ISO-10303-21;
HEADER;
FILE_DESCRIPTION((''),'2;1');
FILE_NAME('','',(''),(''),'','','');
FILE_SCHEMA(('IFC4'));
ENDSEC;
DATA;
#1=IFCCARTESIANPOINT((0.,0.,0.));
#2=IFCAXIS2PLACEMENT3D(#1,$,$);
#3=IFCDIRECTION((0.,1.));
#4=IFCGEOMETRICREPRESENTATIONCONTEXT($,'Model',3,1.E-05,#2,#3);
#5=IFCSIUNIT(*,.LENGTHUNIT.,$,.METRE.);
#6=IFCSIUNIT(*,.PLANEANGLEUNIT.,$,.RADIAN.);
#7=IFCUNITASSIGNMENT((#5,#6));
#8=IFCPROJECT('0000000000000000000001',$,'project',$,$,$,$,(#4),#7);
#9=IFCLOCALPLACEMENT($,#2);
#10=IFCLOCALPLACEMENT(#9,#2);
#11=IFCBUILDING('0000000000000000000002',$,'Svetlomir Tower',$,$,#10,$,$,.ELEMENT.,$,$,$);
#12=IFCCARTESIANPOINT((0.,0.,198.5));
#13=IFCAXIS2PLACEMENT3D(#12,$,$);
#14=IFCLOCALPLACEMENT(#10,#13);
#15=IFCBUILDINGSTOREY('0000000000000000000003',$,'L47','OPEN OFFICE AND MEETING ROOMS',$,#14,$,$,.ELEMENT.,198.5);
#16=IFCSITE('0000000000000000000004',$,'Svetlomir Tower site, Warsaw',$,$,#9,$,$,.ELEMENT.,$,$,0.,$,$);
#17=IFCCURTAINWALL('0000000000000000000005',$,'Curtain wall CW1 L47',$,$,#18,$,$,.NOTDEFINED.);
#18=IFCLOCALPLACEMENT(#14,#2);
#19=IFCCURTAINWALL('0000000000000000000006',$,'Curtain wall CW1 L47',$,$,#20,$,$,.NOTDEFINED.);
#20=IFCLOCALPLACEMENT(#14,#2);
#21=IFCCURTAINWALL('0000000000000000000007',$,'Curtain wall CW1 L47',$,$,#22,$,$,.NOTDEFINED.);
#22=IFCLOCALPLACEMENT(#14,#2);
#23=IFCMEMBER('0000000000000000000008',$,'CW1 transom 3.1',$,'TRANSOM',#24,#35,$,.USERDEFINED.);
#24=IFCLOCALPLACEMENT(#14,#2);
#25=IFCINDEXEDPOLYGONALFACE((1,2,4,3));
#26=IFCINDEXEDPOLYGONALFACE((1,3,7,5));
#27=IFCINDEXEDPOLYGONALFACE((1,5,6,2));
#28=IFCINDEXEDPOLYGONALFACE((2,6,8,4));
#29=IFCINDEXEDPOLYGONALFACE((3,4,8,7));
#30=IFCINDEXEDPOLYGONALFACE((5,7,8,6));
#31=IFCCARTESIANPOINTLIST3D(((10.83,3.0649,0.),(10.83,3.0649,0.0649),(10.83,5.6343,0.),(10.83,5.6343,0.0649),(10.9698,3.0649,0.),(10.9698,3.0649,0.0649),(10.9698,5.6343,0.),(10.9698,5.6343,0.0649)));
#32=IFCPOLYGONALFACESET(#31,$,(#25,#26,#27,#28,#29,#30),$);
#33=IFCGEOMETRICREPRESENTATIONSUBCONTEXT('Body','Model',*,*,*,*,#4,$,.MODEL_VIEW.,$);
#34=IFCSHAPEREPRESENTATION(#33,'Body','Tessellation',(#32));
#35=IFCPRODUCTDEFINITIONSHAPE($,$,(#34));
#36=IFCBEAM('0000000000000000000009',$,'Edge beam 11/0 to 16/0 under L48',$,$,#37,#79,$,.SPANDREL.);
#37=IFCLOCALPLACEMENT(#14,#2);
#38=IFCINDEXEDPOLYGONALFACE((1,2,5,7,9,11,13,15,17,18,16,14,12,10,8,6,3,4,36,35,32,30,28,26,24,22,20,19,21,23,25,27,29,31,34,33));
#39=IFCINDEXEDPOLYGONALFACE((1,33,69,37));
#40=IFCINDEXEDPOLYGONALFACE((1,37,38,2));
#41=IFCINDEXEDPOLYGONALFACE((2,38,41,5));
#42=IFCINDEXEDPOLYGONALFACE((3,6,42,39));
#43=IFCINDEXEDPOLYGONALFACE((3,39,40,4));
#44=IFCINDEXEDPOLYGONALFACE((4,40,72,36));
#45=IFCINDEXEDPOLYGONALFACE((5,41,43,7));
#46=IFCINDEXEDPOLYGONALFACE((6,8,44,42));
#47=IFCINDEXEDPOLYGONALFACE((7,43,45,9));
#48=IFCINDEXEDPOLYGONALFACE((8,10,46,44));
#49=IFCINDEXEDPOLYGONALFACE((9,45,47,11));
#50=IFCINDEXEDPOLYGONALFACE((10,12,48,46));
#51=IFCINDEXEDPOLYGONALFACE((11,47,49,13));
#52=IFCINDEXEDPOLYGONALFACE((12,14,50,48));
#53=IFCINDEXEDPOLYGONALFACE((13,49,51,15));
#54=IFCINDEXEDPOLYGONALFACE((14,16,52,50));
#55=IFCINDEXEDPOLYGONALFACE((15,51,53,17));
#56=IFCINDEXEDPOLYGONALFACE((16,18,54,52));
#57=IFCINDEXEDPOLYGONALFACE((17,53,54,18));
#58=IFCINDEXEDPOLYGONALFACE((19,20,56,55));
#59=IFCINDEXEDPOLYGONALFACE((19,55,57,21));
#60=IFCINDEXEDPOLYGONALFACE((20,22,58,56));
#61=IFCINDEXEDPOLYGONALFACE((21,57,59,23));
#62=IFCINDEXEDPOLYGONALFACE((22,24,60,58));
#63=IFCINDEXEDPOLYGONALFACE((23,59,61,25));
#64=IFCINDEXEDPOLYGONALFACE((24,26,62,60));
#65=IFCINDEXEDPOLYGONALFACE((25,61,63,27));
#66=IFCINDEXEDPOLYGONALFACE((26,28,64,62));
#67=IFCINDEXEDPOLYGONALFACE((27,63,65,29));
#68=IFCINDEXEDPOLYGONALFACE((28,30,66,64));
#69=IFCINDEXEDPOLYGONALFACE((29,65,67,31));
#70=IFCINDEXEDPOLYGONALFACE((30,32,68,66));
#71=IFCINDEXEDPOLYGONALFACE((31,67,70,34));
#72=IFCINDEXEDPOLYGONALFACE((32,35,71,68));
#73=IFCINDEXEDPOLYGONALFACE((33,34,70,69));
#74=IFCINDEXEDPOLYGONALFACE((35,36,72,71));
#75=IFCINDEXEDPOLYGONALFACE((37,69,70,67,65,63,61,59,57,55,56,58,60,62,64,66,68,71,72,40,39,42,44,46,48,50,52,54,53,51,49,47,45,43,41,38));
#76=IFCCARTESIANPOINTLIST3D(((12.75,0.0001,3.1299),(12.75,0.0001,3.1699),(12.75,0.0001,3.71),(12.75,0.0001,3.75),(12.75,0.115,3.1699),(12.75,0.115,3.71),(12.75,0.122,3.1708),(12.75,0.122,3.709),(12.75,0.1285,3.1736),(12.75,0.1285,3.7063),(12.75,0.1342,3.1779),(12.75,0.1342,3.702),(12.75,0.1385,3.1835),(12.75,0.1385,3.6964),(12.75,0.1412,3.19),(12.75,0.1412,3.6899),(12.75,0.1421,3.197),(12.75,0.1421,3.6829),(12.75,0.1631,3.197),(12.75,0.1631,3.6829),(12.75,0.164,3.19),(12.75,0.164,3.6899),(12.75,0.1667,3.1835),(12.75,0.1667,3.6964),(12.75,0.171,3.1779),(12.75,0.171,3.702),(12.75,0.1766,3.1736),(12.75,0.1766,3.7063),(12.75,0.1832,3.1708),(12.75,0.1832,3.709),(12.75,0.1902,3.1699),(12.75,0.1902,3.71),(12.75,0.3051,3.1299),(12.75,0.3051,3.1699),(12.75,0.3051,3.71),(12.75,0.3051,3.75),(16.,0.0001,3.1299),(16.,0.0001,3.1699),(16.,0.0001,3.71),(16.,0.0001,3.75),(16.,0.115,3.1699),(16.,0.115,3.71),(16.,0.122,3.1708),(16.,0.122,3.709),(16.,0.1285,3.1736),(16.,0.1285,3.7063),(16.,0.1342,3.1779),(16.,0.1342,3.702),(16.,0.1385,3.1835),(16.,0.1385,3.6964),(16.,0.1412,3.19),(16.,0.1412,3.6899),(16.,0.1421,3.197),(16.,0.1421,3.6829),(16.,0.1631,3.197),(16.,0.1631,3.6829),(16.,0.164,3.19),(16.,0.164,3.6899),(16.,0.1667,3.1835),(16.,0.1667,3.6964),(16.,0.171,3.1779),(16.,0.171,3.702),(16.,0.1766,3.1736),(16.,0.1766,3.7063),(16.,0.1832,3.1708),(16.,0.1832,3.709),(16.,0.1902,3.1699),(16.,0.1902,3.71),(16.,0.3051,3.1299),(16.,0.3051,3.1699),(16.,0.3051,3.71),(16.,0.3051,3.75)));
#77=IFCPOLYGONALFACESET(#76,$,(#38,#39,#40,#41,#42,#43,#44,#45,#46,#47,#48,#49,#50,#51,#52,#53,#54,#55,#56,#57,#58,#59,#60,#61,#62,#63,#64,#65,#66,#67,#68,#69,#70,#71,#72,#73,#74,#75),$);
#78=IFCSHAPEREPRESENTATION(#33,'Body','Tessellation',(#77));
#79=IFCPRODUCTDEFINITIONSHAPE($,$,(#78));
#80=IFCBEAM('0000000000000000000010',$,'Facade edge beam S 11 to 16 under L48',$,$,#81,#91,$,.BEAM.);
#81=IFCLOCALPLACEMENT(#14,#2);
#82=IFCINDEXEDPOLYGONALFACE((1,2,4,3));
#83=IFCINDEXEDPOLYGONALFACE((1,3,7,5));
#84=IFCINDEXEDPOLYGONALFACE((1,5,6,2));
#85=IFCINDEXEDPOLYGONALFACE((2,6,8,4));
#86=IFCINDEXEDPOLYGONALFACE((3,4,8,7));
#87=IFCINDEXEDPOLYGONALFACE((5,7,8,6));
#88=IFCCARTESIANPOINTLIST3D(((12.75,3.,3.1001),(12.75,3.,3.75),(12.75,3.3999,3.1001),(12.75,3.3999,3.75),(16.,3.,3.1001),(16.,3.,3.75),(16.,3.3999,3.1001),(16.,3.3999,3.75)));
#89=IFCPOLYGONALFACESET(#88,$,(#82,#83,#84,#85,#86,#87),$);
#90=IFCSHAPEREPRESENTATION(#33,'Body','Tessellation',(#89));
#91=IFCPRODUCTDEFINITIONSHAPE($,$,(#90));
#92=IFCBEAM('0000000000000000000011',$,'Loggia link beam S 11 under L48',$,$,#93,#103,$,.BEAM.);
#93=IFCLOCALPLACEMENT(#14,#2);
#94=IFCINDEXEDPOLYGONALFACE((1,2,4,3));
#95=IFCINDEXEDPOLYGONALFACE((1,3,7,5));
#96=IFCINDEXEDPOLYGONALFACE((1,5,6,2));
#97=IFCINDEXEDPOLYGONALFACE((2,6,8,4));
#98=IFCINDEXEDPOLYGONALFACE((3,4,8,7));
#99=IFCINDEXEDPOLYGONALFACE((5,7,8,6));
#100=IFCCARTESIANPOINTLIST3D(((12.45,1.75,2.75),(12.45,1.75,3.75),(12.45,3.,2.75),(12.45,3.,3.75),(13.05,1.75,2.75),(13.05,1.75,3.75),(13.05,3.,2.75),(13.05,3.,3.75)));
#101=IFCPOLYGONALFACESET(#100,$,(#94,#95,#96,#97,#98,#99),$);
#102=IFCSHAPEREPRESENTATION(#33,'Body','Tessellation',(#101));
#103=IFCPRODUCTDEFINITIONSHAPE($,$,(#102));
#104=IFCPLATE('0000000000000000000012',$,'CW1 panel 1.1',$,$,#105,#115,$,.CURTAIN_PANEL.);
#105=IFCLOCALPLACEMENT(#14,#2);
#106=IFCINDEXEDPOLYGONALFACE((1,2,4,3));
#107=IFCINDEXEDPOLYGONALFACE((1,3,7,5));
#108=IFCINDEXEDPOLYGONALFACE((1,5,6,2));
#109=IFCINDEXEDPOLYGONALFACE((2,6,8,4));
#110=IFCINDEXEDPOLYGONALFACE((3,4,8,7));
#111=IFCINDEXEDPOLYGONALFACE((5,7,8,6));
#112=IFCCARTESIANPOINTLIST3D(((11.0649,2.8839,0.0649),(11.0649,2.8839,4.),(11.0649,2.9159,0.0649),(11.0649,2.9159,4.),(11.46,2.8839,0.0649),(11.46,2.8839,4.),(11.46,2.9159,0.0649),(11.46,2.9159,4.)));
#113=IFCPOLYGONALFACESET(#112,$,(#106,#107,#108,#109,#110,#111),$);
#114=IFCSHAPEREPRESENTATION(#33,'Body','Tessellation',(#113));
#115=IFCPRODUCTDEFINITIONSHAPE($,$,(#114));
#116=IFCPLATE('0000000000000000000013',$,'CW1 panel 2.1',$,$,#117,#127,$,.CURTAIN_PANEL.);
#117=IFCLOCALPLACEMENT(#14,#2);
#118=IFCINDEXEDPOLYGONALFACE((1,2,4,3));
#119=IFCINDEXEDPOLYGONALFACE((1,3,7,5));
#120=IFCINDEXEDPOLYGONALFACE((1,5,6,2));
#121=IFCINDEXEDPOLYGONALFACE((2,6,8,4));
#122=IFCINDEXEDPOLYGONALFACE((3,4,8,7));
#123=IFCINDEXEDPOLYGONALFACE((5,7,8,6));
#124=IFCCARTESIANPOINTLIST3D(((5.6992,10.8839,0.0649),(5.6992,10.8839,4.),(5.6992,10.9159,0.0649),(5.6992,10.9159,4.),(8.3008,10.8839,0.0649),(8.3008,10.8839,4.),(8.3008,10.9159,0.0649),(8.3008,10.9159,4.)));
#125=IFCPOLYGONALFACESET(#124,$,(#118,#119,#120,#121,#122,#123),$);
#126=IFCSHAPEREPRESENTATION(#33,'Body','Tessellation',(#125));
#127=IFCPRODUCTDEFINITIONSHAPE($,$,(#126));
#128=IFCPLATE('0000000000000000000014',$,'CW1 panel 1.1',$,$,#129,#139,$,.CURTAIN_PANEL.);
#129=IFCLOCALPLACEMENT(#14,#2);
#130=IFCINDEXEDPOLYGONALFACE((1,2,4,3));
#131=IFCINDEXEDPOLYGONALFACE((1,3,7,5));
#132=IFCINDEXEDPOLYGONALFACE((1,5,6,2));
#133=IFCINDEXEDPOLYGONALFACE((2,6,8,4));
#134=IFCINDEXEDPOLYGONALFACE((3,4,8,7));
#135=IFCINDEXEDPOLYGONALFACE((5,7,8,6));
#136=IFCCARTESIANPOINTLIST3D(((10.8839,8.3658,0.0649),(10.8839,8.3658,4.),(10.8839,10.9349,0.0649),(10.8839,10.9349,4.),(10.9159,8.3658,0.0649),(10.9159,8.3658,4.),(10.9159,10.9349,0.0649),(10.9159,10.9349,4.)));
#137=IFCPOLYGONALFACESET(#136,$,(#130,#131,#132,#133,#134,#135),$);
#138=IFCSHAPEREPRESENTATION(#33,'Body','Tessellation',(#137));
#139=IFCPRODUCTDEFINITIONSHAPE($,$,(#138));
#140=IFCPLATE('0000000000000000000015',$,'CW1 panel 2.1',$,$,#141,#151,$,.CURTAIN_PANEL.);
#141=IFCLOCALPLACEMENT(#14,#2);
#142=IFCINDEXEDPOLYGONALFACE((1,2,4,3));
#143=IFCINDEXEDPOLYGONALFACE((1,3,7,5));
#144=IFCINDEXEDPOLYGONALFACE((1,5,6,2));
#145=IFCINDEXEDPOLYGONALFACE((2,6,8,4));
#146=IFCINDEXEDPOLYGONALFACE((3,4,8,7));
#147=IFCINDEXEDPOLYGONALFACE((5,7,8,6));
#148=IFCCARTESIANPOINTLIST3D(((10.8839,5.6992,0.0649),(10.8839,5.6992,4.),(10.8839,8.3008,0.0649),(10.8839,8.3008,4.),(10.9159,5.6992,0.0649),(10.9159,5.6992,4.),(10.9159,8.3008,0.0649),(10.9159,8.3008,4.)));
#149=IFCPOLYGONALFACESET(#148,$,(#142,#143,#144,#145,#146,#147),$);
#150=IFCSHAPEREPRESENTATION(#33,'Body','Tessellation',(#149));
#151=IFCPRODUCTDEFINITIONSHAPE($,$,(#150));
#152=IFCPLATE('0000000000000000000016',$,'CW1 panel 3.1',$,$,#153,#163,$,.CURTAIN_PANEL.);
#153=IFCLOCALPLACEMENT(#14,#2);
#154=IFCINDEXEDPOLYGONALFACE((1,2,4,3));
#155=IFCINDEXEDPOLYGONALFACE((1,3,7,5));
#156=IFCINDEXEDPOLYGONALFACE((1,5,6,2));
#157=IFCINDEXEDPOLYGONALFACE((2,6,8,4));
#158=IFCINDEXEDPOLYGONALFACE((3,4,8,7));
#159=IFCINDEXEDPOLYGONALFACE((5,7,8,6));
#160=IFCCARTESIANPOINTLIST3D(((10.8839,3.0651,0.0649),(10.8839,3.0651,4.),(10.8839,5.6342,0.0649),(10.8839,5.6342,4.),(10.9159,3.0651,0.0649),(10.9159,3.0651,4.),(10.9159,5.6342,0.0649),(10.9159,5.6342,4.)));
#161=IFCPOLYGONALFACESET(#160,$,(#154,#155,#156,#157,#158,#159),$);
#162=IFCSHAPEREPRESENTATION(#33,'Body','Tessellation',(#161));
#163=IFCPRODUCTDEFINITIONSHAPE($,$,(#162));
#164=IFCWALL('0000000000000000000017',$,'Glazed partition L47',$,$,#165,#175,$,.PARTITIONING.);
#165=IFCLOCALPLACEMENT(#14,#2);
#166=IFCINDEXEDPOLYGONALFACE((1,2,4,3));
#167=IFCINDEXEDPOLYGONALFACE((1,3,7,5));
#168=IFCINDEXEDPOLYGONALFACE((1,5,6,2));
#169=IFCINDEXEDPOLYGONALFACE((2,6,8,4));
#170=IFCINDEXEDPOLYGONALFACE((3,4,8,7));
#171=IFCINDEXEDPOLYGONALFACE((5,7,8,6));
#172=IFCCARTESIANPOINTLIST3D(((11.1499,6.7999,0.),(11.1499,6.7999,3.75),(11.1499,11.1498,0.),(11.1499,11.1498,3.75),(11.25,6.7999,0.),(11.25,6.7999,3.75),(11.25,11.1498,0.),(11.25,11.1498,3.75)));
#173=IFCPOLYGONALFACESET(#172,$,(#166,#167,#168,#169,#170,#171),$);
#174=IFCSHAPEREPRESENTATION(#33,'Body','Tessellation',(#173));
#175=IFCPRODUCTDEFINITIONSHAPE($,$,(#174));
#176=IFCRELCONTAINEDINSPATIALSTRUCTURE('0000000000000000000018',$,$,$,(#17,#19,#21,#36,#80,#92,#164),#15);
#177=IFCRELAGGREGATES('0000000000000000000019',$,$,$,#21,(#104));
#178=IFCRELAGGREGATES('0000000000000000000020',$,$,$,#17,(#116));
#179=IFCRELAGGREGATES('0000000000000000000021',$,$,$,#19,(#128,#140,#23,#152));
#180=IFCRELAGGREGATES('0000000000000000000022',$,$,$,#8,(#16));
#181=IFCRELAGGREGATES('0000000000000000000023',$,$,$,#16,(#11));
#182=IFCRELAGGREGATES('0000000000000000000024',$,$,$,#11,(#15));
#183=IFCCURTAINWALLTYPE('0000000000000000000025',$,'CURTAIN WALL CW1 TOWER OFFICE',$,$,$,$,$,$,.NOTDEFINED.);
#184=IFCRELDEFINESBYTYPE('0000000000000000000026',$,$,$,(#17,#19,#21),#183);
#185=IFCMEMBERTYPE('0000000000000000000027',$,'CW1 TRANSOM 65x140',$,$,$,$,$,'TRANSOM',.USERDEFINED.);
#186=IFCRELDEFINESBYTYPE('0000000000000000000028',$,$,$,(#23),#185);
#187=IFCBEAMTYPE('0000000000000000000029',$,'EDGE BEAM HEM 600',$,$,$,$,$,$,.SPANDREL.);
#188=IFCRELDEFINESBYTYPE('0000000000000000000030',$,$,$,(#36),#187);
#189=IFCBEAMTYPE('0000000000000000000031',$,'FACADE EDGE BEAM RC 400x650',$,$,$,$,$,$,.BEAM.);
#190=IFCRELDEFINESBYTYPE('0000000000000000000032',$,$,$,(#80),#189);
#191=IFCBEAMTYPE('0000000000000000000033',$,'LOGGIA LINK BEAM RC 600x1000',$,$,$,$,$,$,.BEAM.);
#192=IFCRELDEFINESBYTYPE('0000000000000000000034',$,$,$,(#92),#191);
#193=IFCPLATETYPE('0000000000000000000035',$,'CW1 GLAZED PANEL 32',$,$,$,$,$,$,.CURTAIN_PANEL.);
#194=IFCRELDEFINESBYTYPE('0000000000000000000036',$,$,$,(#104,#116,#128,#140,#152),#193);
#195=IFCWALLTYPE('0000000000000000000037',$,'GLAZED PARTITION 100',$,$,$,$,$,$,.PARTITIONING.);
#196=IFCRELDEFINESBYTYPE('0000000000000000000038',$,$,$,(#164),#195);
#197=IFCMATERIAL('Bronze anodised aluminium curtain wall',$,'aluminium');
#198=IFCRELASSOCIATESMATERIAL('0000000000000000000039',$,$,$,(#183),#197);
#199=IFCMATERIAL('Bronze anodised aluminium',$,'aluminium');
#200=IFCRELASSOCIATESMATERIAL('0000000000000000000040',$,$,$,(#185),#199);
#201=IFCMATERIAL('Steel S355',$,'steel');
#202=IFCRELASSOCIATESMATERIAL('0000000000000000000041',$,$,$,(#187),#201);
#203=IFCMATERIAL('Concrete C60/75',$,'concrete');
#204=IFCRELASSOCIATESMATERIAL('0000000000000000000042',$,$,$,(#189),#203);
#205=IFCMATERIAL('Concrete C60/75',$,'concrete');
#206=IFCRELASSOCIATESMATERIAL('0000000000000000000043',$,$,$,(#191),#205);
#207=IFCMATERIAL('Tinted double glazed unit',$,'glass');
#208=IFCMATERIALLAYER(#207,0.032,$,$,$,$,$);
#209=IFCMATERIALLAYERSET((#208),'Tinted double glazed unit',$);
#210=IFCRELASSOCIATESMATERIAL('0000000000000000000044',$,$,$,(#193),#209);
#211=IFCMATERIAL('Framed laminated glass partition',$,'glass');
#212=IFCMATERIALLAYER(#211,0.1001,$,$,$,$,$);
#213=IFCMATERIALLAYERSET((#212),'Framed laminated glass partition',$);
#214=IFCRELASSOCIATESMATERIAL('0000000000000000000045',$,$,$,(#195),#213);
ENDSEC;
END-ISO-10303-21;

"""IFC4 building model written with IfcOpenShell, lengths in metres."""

from ifc_helpers import new_model, si_unit, direction, frame, frame_2d, origin, origin_2d, place, context, subcontext, project, spatial, rectangle, i_section, extrude, material, layer, layer_set, material_profile, profile_set, type_object, element, aggregate, save


model = new_model("IFC4")

# Units and contexts
model_context = context("Model", 3, precision=1e-05, world=origin(), true_north=direction((0.0, 1.0)))
body_context = subcontext(model_context, "Body", "Model", "MODEL_VIEW")
ifc_project = project(units=[si_unit("LENGTHUNIT", "METRE"), si_unit("PLANEANGLEUNIT", "RADIAN")], contexts=[model_context])

# Site, building, storey
site_placement = place(None, origin())
site = spatial("IfcSite", under=ifc_project, at=site_placement, Name="Svetlomir Tower site, Warsaw", CompositionType="ELEMENT", RefElevation=0.0)
building_placement = place(site_placement, origin())
building = spatial("IfcBuilding", under=site, at=building_placement, Name="Svetlomir Tower", CompositionType="ELEMENT")
storey_placement = place(building_placement, frame((0.0, 0.0, 198.5)))
storey = spatial("IfcBuildingStorey", under=building, at=storey_placement, Name="L47", Description="OPEN OFFICE AND MEETING ROOMS", CompositionType="ELEMENT", Elevation=198.5)

# Curtain walls
ifc_material_1 = material(Name="Bronze anodised aluminium curtain wall", Category="aluminium")
curtain_wall_type = type_object("IfcCurtainWallType", Name="CURTAIN WALL CW1 TOWER OFFICE", PredefinedType="NOTDEFINED", material=ifc_material_1)
curtain_wall_1_placement = place(storey_placement, origin())
curtain_wall_1 = element("IfcCurtainWall", 1, at=curtain_wall_1_placement, inside=storey, type_object=curtain_wall_type, Name="Curtain wall CW1 L47", PredefinedType="NOTDEFINED")
curtain_wall_2_placement = place(storey_placement, origin())
curtain_wall_2 = element("IfcCurtainWall", 2, at=curtain_wall_2_placement, inside=storey, type_object=curtain_wall_type, Name="Curtain wall CW1 L47", PredefinedType="NOTDEFINED")

# Curtain wall
curtain_wall_3_placement = place(storey_placement, origin())
curtain_wall_3 = element("IfcCurtainWall", 3, at=curtain_wall_3_placement, inside=storey, type_object=curtain_wall_type, Name="Curtain wall CW1 L47", PredefinedType="NOTDEFINED")

# Member
ifc_material_2 = material(Name="Bronze anodised aluminium", Category="aluminium")
ifc_material_profile_1 = material_profile(ifc_material_2, rectangle(XDim=0.1399, YDim=0.0649, at=origin_2d()), Name="AL 140x65")
ifc_profile_set_1 = profile_set([ifc_material_profile_1], Name="Bronze anodised aluminium 6063-T6")
member_type_1 = type_object("IfcMemberType", Name="CW1 TRANSOM 65x140", ElementType="TRANSOM", PredefinedType="USERDEFINED", material=ifc_profile_set_1)
member_1_placement = place(storey_placement, frame((10.8999, 5.6343, 0.0325), z_axis=(0.0, -1.0, 0.0), x_axis=(1.0, 0.0, 0.0)))
member_1 = element("IfcMember", 4, at=member_1_placement, type_object=member_type_1, Name="CW1 transom 3.1", ObjectType="TRANSOM", PredefinedType="USERDEFINED", context=body_context, shape_type="SweptSolid", body=[
    extrude(rectangle(XDim=0.1399, YDim=0.0649, at=origin_2d()), origin(), (0.0, 0.0, 1.0), 2.5693),
])

# Beams
ifc_material_3 = material(Name="Steel S355", Category="steel")
ifc_material_profile_2 = material_profile(ifc_material_3, i_section(OverallWidth=0.3049, OverallDepth=0.6201, WebThickness=0.021, FlangeThickness=0.04, FilletRadius=0.0271, at=origin_2d()), Name="HEM 600")
ifc_profile_set_2 = profile_set([ifc_material_profile_2], Name="Steel S355")
beam_type_1 = type_object("IfcBeamType", Name="EDGE BEAM HEM 600", PredefinedType="SPANDREL", material=ifc_profile_set_2)
beam_1_placement = place(storey_placement, frame((12.75, 0.1526, 3.4399), z_axis=(1.0, 0.0, 0.0), x_axis=(0.0, 1.0, 0.0)))
element("IfcBeam", 5, at=beam_1_placement, inside=storey, type_object=beam_type_1, Name="Edge beam 11/0 to 16/0 under L48", PredefinedType="SPANDREL", context=body_context, shape_type="SweptSolid", body=[
    extrude(i_section(OverallWidth=0.3049, OverallDepth=0.6201, WebThickness=0.021, FlangeThickness=0.04, FilletRadius=0.0271, at=origin_2d()), origin(), (0.0, 0.0, 1.0), 3.25),
])
ifc_material_4 = material(Name="Concrete C60/75", Category="concrete")
ifc_material_profile_3 = material_profile(ifc_material_4, rectangle(XDim=0.3999, YDim=0.6499, at=origin_2d()), Name="RC 400x650")
ifc_profile_set_3 = profile_set([ifc_material_profile_3], Name="Concrete C60/75")
beam_type_2 = type_object("IfcBeamType", Name="FACADE EDGE BEAM RC 400x650", PredefinedType="BEAM", material=ifc_profile_set_3)
beam_2_placement = place(storey_placement, frame((12.75, 3.2, 3.425), z_axis=(1.0, 0.0, 0.0), x_axis=(0.0, 1.0, 0.0)))
element("IfcBeam", 6, at=beam_2_placement, inside=storey, type_object=beam_type_2, Name="Facade edge beam S 11 to 16 under L48", PredefinedType="BEAM", context=body_context, shape_type="SweptSolid", body=[
    extrude(rectangle(XDim=0.3999, YDim=0.6499, at=origin_2d()), origin(), (0.0, 0.0, 1.0), 3.25),
])
ifc_material_5 = material(Name="Concrete C60/75", Category="concrete")
ifc_material_profile_4 = material_profile(ifc_material_5, rectangle(XDim=0.6001, YDim=1.0, at=origin_2d()), Name="RC 600x1000")
ifc_profile_set_4 = profile_set([ifc_material_profile_4], Name="Concrete C60/75")
beam_type_3 = type_object("IfcBeamType", Name="LOGGIA LINK BEAM RC 600x1000", PredefinedType="BEAM", material=ifc_profile_set_4)
beam_3_placement = place(storey_placement, frame((12.75, 1.75, 3.25), z_axis=(0.0, 1.0, 0.0), x_axis=(-1.0, 0.0, 0.0)))
element("IfcBeam", 7, at=beam_3_placement, inside=storey, type_object=beam_type_3, Name="Loggia link beam S 11 under L48", PredefinedType="BEAM", context=body_context, shape_type="SweptSolid", body=[
    extrude(rectangle(XDim=0.6001, YDim=1.0, at=origin_2d()), origin(), (0.0, 0.0, 1.0), 1.25),
])

# Plates
ifc_material_6 = material(Name="Tinted double glazed unit", Category="glass")
ifc_layer_1 = layer(ifc_material_6, 0.032)
ifc_layer_set_1 = layer_set([ifc_layer_1], Name="Tinted double glazed unit")
plate_type = type_object("IfcPlateType", Name="CW1 GLAZED PANEL 32", PredefinedType="CURTAIN_PANEL", material=ifc_layer_set_1)
plate_1_placement = place(storey_placement, frame((11.2625, 2.8999, 0.0649), z_axis=(0.0, 0.0, 1.0), x_axis=(1.0, 0.0, 0.0)))
plate_1 = element("IfcPlate", 8, at=plate_1_placement, type_object=plate_type, Name="CW1 panel 1.1", PredefinedType="CURTAIN_PANEL", context=body_context, shape_type="SweptSolid", body=[
    extrude(rectangle(XDim=0.395, YDim=0.032, at=origin_2d()), origin(), (0.0, 0.0, 1.0), 3.9351),
])
aggregate(curtain_wall_3, [plate_1])
plate_2_placement = place(storey_placement, frame((7.0, 10.8999, 0.0649), z_axis=(0.0, 0.0, 1.0), x_axis=(1.0, 0.0, 0.0)))
plate_2 = element("IfcPlate", 9, at=plate_2_placement, type_object=plate_type, Name="CW1 panel 2.1", PredefinedType="CURTAIN_PANEL", context=body_context, shape_type="SweptSolid", body=[
    extrude(rectangle(XDim=2.6016, YDim=0.032, at=origin_2d()), origin(), (0.0, 0.0, 1.0), 3.9351),
])
aggregate(curtain_wall_1, [plate_2])
plate_3_placement = place(storey_placement, frame((10.8999, 9.6504, 0.0649), z_axis=(0.0, 0.0, 1.0), x_axis=(0.0, -1.0, 0.0)))
plate_3 = element("IfcPlate", 10, at=plate_3_placement, type_object=plate_type, Name="CW1 panel 1.1", PredefinedType="CURTAIN_PANEL", context=body_context, shape_type="SweptSolid", body=[
    extrude(rectangle(XDim=2.5691, YDim=0.032, at=origin_2d()), origin(), (0.0, 0.0, 1.0), 3.9351),
])
plate_4_placement = place(storey_placement, frame((10.8999, 7.0, 0.0649), z_axis=(0.0, 0.0, 1.0), x_axis=(0.0, -1.0, 0.0)))
plate_4 = element("IfcPlate", 11, at=plate_4_placement, type_object=plate_type, Name="CW1 panel 2.1", PredefinedType="CURTAIN_PANEL", context=body_context, shape_type="SweptSolid", body=[
    extrude(rectangle(XDim=2.6016, YDim=0.032, at=origin_2d()), origin(), (0.0, 0.0, 1.0), 3.9351),
])
plate_5_placement = place(storey_placement, frame((10.8999, 4.3496, 0.0649), z_axis=(0.0, 0.0, 1.0), x_axis=(0.0, -1.0, 0.0)))
plate_5 = element("IfcPlate", 12, at=plate_5_placement, type_object=plate_type, Name="CW1 panel 3.1", PredefinedType="CURTAIN_PANEL", context=body_context, shape_type="SweptSolid", body=[
    extrude(rectangle(XDim=2.5691, YDim=0.032, at=origin_2d()), origin(), (0.0, 0.0, 1.0), 3.9351),
])
aggregate(curtain_wall_2, [plate_3, plate_4, member_1, plate_5])

# Wall
ifc_material_7 = material(Name="Framed laminated glass partition", Category="glass")
ifc_layer_2 = layer(ifc_material_7, 0.1001)
ifc_layer_set_2 = layer_set([ifc_layer_2], Name="Framed laminated glass partition")
wall_type = type_object("IfcWallType", Name="GLAZED PARTITION 100", PredefinedType="PARTITIONING", material=ifc_layer_set_2)
wall_1_placement = place(storey_placement, frame((11.2, 6.8, 0.0), z_axis=(0.0, 0.0, 1.0), x_axis=(0.0, 1.0, 0.0)))
element("IfcWall", 13, at=wall_1_placement, inside=storey, type_object=wall_type, Name="Glazed partition L47", PredefinedType="PARTITIONING", context=body_context, shape_type="SweptSolid", body=[
    extrude(rectangle(XDim=4.3499, YDim=0.1001, at=frame_2d((2.1748, 0.0))), origin(), (0.0, 0.0, 1.0), 3.75),
])

save(model, "model.ifc")
